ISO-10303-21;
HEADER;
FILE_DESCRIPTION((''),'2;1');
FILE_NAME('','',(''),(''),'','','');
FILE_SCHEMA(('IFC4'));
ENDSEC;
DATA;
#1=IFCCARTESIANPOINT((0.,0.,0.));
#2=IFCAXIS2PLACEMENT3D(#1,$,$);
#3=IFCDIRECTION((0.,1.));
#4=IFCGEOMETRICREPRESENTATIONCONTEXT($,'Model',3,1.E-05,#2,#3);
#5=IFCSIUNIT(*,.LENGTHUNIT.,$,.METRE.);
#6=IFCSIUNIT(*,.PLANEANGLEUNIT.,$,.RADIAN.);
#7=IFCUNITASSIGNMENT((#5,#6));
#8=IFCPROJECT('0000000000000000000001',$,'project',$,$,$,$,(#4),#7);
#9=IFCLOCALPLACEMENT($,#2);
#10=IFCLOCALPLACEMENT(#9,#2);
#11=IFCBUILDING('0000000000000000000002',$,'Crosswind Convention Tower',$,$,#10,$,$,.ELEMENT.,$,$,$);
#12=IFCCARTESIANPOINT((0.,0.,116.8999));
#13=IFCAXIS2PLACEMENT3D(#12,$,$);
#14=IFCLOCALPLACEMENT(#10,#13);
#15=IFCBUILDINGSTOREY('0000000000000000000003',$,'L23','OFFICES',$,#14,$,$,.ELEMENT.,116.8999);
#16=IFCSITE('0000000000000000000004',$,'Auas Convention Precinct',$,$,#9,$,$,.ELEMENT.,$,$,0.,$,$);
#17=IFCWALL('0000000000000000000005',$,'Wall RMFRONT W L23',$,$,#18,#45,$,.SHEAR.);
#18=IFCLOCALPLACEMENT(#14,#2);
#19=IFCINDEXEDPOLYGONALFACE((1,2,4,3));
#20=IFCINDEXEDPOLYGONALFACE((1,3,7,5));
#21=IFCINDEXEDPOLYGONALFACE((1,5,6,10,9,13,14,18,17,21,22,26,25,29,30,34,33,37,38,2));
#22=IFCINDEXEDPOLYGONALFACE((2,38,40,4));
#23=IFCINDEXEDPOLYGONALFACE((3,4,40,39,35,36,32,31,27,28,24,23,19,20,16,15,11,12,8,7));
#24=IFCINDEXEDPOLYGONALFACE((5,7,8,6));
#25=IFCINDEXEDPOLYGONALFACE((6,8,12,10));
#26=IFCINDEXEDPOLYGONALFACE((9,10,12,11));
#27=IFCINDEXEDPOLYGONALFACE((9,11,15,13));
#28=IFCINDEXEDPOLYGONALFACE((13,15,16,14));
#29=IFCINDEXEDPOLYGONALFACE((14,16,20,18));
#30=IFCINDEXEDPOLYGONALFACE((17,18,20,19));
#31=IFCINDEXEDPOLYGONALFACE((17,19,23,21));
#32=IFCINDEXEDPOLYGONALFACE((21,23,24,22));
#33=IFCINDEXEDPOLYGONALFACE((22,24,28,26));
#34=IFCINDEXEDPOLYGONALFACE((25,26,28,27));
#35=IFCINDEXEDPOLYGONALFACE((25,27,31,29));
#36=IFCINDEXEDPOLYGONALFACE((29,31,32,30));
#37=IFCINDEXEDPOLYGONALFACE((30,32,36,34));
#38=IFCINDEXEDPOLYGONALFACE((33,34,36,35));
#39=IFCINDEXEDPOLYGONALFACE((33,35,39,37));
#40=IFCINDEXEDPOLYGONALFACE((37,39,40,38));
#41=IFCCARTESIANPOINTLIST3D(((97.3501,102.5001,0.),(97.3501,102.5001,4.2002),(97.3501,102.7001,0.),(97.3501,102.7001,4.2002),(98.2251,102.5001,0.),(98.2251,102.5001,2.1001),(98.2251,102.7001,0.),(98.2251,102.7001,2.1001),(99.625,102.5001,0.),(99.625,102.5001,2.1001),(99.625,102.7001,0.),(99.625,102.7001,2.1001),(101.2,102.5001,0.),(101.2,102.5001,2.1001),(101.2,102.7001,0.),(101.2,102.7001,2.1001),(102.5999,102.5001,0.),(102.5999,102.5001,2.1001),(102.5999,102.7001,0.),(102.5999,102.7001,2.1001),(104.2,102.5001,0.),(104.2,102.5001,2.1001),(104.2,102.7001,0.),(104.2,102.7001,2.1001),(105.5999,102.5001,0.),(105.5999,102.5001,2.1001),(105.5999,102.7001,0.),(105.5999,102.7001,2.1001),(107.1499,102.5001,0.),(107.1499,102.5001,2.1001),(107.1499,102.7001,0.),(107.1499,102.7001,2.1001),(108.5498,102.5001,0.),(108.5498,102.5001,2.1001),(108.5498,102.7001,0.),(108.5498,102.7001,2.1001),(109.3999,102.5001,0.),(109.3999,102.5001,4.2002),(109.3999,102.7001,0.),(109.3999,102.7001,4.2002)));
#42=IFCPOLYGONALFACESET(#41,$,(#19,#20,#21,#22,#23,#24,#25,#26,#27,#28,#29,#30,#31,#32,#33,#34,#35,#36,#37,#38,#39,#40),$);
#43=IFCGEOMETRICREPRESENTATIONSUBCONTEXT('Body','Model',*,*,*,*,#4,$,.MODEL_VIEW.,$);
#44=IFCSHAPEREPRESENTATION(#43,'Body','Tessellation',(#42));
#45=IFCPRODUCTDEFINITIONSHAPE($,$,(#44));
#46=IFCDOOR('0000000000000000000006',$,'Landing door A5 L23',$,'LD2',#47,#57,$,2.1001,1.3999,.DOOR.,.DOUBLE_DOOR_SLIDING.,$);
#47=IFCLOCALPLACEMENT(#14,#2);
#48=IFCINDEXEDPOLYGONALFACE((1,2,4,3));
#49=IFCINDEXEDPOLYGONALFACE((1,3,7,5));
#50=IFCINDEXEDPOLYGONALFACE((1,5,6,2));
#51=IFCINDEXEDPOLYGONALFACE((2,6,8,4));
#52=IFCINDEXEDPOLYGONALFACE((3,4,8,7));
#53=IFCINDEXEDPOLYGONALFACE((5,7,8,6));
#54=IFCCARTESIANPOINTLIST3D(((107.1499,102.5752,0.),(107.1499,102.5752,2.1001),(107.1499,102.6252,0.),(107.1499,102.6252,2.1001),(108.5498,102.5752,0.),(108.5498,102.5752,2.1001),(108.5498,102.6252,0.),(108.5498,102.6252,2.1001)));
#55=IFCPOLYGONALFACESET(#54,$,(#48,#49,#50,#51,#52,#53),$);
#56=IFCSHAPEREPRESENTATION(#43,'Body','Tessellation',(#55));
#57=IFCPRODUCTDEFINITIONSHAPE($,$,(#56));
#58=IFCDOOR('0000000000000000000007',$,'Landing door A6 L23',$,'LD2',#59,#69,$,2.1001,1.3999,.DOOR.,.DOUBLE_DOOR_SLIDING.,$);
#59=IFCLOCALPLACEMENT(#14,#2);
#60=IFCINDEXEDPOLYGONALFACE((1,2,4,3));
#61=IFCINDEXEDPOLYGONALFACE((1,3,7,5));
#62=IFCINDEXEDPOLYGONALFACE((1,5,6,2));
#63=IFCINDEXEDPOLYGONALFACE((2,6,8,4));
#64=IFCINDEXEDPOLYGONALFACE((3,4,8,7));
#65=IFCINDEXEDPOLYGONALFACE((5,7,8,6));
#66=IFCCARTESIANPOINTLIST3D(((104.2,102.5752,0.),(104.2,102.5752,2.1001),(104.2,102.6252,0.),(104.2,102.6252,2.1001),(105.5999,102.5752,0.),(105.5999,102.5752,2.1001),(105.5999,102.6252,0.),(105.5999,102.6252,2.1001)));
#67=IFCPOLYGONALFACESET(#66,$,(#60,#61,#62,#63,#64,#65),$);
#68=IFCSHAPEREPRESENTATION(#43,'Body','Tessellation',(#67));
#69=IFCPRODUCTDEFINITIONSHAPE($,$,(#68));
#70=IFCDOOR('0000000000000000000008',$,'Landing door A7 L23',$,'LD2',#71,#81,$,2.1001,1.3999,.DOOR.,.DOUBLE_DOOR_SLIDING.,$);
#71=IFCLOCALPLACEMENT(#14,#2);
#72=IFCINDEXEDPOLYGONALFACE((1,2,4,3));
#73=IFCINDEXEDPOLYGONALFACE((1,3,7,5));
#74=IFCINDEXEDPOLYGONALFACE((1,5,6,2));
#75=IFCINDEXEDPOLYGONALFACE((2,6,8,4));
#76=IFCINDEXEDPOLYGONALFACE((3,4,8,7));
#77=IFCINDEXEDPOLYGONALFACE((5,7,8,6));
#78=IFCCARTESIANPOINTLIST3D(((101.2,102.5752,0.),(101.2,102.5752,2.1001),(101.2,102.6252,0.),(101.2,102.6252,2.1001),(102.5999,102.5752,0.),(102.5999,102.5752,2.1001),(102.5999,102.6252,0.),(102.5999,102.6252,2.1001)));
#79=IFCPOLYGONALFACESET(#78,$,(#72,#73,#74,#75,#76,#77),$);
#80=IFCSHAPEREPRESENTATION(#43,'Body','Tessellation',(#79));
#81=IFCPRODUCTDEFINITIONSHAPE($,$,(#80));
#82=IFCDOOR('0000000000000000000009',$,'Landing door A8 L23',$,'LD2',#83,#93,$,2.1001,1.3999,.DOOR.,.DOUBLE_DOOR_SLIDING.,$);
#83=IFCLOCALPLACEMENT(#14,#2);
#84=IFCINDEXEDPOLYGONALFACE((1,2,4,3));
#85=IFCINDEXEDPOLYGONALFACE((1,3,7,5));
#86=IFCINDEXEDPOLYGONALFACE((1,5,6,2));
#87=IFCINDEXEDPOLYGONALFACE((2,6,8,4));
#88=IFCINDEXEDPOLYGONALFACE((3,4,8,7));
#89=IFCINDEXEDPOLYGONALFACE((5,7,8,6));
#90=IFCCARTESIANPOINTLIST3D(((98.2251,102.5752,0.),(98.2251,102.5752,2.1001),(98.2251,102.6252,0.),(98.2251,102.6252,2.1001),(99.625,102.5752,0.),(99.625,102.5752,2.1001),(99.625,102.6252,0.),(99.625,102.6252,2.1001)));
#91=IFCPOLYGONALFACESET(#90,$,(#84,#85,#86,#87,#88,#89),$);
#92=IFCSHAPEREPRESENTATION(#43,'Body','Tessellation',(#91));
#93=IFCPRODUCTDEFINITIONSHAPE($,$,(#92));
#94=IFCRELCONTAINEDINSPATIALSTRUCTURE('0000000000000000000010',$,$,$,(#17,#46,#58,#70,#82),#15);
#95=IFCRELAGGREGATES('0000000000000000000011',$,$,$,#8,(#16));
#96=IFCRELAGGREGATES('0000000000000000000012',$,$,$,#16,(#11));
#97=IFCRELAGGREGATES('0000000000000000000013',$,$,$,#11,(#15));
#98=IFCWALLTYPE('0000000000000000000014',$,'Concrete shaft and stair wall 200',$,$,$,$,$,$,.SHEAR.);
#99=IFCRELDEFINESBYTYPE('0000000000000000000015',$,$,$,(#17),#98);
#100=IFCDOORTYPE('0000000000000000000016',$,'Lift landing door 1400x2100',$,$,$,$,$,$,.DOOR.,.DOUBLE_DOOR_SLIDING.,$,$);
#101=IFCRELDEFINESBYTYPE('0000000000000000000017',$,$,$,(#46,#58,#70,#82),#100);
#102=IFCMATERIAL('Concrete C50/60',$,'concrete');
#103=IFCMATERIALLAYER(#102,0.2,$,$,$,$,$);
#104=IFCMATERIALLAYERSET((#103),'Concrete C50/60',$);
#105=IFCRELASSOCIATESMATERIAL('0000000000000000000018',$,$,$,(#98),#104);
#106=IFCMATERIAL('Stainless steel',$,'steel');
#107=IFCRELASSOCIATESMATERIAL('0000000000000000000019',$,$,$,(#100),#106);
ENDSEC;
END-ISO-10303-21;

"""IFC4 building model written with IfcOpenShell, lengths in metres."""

from ifc_helpers import new_model, si_unit, direction, frame, frame_2d, origin, place, context, subcontext, project, spatial, rectangle, extrude, material, layer, layer_set, type_object, element, fill, save


model = new_model("IFC4")

# Units and contexts
model_context = context("Model", 3, precision=1e-05, world=origin(), true_north=direction((0.0, 1.0)))
body_context = subcontext(model_context, "Body", "Model", "MODEL_VIEW")
ifc_project = project(units=[si_unit("LENGTHUNIT", "METRE"), si_unit("PLANEANGLEUNIT", "RADIAN")], contexts=[model_context])

# Site, building, storey
site_placement = place(None, origin())
site = spatial("IfcSite", under=ifc_project, at=site_placement, Name="Auas Convention Precinct", CompositionType="ELEMENT", RefElevation=0.0)
building_placement = place(site_placement, origin())
building = spatial("IfcBuilding", under=site, at=building_placement, Name="Crosswind Convention Tower", CompositionType="ELEMENT")
storey_placement = place(building_placement, frame((0.0, 0.0, 116.8999)))
storey = spatial("IfcBuildingStorey", under=building, at=storey_placement, Name="L23", Description="OFFICES", CompositionType="ELEMENT", Elevation=116.8999)

# Shared definitions
ifc_material_1 = material(Name="Concrete C50/60", Category="concrete")
ifc_layer_1 = layer(ifc_material_1, 0.2)
ifc_layer_set_1 = layer_set([ifc_layer_1], Name="Concrete C50/60")
wall_type_1 = type_object("IfcWallType", Name="Concrete shaft and stair wall 200", PredefinedType="SHEAR", material=ifc_layer_set_1)

# Wall, openings, doors
wall_1_placement = place(storey_placement, frame((109.3999, 102.6001, 0.0), z_axis=(0.0, 0.0, 1.0), x_axis=(-1.0, 0.0, 0.0)))
wall_1 = element("IfcWall", 1, at=wall_1_placement, inside=storey, type_object=wall_type_1, Name="Wall RMFRONT W L23", PredefinedType="SHEAR", context=body_context, shape_type="SweptSolid", body=[
    extrude(rectangle(XDim=12.0498, YDim=0.2, at=frame_2d((6.0249, 0.0))), origin(), (0.0, 0.0, 1.0), 4.2002),
])
opening_1_placement = place(wall_1_placement, frame((0.8501, 0.0, 0.0)))
opening_1 = element("IfcOpeningElement", 2, at=opening_1_placement, cuts=wall_1, PredefinedType="OPENING", context=body_context, shape_type="SweptSolid", body=[
    extrude(rectangle(XDim=1.3999, YDim=2.1001, at=frame_2d((0.7, 1.05))), frame((0.0, 0.1099, 0.0), z_axis=(0.0, -1.0, 0.0), x_axis=(1.0, 0.0, 0.0)), (0.0, 0.0, 1.0), 0.22),
])
opening_2_placement = place(wall_1_placement, frame((3.8, 0.0, 0.0)))
opening_2 = element("IfcOpeningElement", 3, at=opening_2_placement, cuts=wall_1, PredefinedType="OPENING", context=body_context, shape_type="SweptSolid", body=[
    extrude(rectangle(XDim=1.3999, YDim=2.1001, at=frame_2d((0.7, 1.05))), frame((0.0, 0.1099, 0.0), z_axis=(0.0, -1.0, 0.0), x_axis=(1.0, 0.0, 0.0)), (0.0, 0.0, 1.0), 0.22),
])
opening_3_placement = place(wall_1_placement, frame((6.8, 0.0, 0.0)))
opening_3 = element("IfcOpeningElement", 4, at=opening_3_placement, cuts=wall_1, PredefinedType="OPENING", context=body_context, shape_type="SweptSolid", body=[
    extrude(rectangle(XDim=1.3999, YDim=2.1001, at=frame_2d((0.7, 1.05))), frame((0.0, 0.1099, 0.0), z_axis=(0.0, -1.0, 0.0), x_axis=(1.0, 0.0, 0.0)), (0.0, 0.0, 1.0), 0.22),
])
opening_4_placement = place(wall_1_placement, frame((9.7749, 0.0, 0.0)))
opening_4 = element("IfcOpeningElement", 5, at=opening_4_placement, cuts=wall_1, PredefinedType="OPENING", context=body_context, shape_type="SweptSolid", body=[
    extrude(rectangle(XDim=1.3999, YDim=2.1001, at=frame_2d((0.7, 1.05))), frame((0.0, 0.1099, 0.0), z_axis=(0.0, -1.0, 0.0), x_axis=(1.0, 0.0, 0.0)), (0.0, 0.0, 1.0), 0.22),
])
ifc_material_2 = material(Name="Stainless steel", Category="steel")
door_type_1 = type_object("IfcDoorType", Name="Lift landing door 1400x2100", OperationType="DOUBLE_DOOR_SLIDING", PredefinedType="DOOR", material=ifc_material_2)
door_1_placement = place(opening_1_placement, origin())
door_1 = element("IfcDoor", 6, at=door_1_placement, inside=storey, type_object=door_type_1, Name="Landing door A5 L23", ObjectType="LD2", OperationType="DOUBLE_DOOR_SLIDING", OverallHeight=2.1001, OverallWidth=1.3999, PredefinedType="DOOR", context=body_context, shape_type="SweptSolid", body=[
    extrude(rectangle(XDim=1.3999, YDim=2.1001, at=frame_2d((0.7, 1.05))), frame((0.0, 0.0249, 0.0), z_axis=(0.0, -1.0, 0.0), x_axis=(1.0, 0.0, 0.0)), (0.0, 0.0, 1.0), 0.05),
])
fill(opening_1, door_1)
door_2_placement = place(opening_2_placement, origin())
door_2 = element("IfcDoor", 7, at=door_2_placement, inside=storey, type_object=door_type_1, Name="Landing door A6 L23", ObjectType="LD2", OperationType="DOUBLE_DOOR_SLIDING", OverallHeight=2.1001, OverallWidth=1.3999, PredefinedType="DOOR", context=body_context, shape_type="SweptSolid", body=[
    extrude(rectangle(XDim=1.3999, YDim=2.1001, at=frame_2d((0.7, 1.05))), frame((0.0, 0.0249, 0.0), z_axis=(0.0, -1.0, 0.0), x_axis=(1.0, 0.0, 0.0)), (0.0, 0.0, 1.0), 0.05),
])
fill(opening_2, door_2)
door_3_placement = place(opening_3_placement, origin())
door_3 = element("IfcDoor", 8, at=door_3_placement, inside=storey, type_object=door_type_1, Name="Landing door A7 L23", ObjectType="LD2", OperationType="DOUBLE_DOOR_SLIDING", OverallHeight=2.1001, OverallWidth=1.3999, PredefinedType="DOOR", context=body_context, shape_type="SweptSolid", body=[
    extrude(rectangle(XDim=1.3999, YDim=2.1001, at=frame_2d((0.7, 1.05))), frame((0.0, 0.0249, 0.0), z_axis=(0.0, -1.0, 0.0), x_axis=(1.0, 0.0, 0.0)), (0.0, 0.0, 1.0), 0.05),
])
fill(opening_3, door_3)
door_4_placement = place(opening_4_placement, origin())
door_4 = element("IfcDoor", 9, at=door_4_placement, inside=storey, type_object=door_type_1, Name="Landing door A8 L23", ObjectType="LD2", OperationType="DOUBLE_DOOR_SLIDING", OverallHeight=2.1001, OverallWidth=1.3999, PredefinedType="DOOR", context=body_context, shape_type="SweptSolid", body=[
    extrude(rectangle(XDim=1.3999, YDim=2.1001, at=frame_2d((0.7, 1.05))), frame((0.0, 0.0249, 0.0), z_axis=(0.0, -1.0, 0.0), x_axis=(1.0, 0.0, 0.0)), (0.0, 0.0, 1.0), 0.05),
])
fill(opening_4, door_4)

save(model, "model.ifc")
